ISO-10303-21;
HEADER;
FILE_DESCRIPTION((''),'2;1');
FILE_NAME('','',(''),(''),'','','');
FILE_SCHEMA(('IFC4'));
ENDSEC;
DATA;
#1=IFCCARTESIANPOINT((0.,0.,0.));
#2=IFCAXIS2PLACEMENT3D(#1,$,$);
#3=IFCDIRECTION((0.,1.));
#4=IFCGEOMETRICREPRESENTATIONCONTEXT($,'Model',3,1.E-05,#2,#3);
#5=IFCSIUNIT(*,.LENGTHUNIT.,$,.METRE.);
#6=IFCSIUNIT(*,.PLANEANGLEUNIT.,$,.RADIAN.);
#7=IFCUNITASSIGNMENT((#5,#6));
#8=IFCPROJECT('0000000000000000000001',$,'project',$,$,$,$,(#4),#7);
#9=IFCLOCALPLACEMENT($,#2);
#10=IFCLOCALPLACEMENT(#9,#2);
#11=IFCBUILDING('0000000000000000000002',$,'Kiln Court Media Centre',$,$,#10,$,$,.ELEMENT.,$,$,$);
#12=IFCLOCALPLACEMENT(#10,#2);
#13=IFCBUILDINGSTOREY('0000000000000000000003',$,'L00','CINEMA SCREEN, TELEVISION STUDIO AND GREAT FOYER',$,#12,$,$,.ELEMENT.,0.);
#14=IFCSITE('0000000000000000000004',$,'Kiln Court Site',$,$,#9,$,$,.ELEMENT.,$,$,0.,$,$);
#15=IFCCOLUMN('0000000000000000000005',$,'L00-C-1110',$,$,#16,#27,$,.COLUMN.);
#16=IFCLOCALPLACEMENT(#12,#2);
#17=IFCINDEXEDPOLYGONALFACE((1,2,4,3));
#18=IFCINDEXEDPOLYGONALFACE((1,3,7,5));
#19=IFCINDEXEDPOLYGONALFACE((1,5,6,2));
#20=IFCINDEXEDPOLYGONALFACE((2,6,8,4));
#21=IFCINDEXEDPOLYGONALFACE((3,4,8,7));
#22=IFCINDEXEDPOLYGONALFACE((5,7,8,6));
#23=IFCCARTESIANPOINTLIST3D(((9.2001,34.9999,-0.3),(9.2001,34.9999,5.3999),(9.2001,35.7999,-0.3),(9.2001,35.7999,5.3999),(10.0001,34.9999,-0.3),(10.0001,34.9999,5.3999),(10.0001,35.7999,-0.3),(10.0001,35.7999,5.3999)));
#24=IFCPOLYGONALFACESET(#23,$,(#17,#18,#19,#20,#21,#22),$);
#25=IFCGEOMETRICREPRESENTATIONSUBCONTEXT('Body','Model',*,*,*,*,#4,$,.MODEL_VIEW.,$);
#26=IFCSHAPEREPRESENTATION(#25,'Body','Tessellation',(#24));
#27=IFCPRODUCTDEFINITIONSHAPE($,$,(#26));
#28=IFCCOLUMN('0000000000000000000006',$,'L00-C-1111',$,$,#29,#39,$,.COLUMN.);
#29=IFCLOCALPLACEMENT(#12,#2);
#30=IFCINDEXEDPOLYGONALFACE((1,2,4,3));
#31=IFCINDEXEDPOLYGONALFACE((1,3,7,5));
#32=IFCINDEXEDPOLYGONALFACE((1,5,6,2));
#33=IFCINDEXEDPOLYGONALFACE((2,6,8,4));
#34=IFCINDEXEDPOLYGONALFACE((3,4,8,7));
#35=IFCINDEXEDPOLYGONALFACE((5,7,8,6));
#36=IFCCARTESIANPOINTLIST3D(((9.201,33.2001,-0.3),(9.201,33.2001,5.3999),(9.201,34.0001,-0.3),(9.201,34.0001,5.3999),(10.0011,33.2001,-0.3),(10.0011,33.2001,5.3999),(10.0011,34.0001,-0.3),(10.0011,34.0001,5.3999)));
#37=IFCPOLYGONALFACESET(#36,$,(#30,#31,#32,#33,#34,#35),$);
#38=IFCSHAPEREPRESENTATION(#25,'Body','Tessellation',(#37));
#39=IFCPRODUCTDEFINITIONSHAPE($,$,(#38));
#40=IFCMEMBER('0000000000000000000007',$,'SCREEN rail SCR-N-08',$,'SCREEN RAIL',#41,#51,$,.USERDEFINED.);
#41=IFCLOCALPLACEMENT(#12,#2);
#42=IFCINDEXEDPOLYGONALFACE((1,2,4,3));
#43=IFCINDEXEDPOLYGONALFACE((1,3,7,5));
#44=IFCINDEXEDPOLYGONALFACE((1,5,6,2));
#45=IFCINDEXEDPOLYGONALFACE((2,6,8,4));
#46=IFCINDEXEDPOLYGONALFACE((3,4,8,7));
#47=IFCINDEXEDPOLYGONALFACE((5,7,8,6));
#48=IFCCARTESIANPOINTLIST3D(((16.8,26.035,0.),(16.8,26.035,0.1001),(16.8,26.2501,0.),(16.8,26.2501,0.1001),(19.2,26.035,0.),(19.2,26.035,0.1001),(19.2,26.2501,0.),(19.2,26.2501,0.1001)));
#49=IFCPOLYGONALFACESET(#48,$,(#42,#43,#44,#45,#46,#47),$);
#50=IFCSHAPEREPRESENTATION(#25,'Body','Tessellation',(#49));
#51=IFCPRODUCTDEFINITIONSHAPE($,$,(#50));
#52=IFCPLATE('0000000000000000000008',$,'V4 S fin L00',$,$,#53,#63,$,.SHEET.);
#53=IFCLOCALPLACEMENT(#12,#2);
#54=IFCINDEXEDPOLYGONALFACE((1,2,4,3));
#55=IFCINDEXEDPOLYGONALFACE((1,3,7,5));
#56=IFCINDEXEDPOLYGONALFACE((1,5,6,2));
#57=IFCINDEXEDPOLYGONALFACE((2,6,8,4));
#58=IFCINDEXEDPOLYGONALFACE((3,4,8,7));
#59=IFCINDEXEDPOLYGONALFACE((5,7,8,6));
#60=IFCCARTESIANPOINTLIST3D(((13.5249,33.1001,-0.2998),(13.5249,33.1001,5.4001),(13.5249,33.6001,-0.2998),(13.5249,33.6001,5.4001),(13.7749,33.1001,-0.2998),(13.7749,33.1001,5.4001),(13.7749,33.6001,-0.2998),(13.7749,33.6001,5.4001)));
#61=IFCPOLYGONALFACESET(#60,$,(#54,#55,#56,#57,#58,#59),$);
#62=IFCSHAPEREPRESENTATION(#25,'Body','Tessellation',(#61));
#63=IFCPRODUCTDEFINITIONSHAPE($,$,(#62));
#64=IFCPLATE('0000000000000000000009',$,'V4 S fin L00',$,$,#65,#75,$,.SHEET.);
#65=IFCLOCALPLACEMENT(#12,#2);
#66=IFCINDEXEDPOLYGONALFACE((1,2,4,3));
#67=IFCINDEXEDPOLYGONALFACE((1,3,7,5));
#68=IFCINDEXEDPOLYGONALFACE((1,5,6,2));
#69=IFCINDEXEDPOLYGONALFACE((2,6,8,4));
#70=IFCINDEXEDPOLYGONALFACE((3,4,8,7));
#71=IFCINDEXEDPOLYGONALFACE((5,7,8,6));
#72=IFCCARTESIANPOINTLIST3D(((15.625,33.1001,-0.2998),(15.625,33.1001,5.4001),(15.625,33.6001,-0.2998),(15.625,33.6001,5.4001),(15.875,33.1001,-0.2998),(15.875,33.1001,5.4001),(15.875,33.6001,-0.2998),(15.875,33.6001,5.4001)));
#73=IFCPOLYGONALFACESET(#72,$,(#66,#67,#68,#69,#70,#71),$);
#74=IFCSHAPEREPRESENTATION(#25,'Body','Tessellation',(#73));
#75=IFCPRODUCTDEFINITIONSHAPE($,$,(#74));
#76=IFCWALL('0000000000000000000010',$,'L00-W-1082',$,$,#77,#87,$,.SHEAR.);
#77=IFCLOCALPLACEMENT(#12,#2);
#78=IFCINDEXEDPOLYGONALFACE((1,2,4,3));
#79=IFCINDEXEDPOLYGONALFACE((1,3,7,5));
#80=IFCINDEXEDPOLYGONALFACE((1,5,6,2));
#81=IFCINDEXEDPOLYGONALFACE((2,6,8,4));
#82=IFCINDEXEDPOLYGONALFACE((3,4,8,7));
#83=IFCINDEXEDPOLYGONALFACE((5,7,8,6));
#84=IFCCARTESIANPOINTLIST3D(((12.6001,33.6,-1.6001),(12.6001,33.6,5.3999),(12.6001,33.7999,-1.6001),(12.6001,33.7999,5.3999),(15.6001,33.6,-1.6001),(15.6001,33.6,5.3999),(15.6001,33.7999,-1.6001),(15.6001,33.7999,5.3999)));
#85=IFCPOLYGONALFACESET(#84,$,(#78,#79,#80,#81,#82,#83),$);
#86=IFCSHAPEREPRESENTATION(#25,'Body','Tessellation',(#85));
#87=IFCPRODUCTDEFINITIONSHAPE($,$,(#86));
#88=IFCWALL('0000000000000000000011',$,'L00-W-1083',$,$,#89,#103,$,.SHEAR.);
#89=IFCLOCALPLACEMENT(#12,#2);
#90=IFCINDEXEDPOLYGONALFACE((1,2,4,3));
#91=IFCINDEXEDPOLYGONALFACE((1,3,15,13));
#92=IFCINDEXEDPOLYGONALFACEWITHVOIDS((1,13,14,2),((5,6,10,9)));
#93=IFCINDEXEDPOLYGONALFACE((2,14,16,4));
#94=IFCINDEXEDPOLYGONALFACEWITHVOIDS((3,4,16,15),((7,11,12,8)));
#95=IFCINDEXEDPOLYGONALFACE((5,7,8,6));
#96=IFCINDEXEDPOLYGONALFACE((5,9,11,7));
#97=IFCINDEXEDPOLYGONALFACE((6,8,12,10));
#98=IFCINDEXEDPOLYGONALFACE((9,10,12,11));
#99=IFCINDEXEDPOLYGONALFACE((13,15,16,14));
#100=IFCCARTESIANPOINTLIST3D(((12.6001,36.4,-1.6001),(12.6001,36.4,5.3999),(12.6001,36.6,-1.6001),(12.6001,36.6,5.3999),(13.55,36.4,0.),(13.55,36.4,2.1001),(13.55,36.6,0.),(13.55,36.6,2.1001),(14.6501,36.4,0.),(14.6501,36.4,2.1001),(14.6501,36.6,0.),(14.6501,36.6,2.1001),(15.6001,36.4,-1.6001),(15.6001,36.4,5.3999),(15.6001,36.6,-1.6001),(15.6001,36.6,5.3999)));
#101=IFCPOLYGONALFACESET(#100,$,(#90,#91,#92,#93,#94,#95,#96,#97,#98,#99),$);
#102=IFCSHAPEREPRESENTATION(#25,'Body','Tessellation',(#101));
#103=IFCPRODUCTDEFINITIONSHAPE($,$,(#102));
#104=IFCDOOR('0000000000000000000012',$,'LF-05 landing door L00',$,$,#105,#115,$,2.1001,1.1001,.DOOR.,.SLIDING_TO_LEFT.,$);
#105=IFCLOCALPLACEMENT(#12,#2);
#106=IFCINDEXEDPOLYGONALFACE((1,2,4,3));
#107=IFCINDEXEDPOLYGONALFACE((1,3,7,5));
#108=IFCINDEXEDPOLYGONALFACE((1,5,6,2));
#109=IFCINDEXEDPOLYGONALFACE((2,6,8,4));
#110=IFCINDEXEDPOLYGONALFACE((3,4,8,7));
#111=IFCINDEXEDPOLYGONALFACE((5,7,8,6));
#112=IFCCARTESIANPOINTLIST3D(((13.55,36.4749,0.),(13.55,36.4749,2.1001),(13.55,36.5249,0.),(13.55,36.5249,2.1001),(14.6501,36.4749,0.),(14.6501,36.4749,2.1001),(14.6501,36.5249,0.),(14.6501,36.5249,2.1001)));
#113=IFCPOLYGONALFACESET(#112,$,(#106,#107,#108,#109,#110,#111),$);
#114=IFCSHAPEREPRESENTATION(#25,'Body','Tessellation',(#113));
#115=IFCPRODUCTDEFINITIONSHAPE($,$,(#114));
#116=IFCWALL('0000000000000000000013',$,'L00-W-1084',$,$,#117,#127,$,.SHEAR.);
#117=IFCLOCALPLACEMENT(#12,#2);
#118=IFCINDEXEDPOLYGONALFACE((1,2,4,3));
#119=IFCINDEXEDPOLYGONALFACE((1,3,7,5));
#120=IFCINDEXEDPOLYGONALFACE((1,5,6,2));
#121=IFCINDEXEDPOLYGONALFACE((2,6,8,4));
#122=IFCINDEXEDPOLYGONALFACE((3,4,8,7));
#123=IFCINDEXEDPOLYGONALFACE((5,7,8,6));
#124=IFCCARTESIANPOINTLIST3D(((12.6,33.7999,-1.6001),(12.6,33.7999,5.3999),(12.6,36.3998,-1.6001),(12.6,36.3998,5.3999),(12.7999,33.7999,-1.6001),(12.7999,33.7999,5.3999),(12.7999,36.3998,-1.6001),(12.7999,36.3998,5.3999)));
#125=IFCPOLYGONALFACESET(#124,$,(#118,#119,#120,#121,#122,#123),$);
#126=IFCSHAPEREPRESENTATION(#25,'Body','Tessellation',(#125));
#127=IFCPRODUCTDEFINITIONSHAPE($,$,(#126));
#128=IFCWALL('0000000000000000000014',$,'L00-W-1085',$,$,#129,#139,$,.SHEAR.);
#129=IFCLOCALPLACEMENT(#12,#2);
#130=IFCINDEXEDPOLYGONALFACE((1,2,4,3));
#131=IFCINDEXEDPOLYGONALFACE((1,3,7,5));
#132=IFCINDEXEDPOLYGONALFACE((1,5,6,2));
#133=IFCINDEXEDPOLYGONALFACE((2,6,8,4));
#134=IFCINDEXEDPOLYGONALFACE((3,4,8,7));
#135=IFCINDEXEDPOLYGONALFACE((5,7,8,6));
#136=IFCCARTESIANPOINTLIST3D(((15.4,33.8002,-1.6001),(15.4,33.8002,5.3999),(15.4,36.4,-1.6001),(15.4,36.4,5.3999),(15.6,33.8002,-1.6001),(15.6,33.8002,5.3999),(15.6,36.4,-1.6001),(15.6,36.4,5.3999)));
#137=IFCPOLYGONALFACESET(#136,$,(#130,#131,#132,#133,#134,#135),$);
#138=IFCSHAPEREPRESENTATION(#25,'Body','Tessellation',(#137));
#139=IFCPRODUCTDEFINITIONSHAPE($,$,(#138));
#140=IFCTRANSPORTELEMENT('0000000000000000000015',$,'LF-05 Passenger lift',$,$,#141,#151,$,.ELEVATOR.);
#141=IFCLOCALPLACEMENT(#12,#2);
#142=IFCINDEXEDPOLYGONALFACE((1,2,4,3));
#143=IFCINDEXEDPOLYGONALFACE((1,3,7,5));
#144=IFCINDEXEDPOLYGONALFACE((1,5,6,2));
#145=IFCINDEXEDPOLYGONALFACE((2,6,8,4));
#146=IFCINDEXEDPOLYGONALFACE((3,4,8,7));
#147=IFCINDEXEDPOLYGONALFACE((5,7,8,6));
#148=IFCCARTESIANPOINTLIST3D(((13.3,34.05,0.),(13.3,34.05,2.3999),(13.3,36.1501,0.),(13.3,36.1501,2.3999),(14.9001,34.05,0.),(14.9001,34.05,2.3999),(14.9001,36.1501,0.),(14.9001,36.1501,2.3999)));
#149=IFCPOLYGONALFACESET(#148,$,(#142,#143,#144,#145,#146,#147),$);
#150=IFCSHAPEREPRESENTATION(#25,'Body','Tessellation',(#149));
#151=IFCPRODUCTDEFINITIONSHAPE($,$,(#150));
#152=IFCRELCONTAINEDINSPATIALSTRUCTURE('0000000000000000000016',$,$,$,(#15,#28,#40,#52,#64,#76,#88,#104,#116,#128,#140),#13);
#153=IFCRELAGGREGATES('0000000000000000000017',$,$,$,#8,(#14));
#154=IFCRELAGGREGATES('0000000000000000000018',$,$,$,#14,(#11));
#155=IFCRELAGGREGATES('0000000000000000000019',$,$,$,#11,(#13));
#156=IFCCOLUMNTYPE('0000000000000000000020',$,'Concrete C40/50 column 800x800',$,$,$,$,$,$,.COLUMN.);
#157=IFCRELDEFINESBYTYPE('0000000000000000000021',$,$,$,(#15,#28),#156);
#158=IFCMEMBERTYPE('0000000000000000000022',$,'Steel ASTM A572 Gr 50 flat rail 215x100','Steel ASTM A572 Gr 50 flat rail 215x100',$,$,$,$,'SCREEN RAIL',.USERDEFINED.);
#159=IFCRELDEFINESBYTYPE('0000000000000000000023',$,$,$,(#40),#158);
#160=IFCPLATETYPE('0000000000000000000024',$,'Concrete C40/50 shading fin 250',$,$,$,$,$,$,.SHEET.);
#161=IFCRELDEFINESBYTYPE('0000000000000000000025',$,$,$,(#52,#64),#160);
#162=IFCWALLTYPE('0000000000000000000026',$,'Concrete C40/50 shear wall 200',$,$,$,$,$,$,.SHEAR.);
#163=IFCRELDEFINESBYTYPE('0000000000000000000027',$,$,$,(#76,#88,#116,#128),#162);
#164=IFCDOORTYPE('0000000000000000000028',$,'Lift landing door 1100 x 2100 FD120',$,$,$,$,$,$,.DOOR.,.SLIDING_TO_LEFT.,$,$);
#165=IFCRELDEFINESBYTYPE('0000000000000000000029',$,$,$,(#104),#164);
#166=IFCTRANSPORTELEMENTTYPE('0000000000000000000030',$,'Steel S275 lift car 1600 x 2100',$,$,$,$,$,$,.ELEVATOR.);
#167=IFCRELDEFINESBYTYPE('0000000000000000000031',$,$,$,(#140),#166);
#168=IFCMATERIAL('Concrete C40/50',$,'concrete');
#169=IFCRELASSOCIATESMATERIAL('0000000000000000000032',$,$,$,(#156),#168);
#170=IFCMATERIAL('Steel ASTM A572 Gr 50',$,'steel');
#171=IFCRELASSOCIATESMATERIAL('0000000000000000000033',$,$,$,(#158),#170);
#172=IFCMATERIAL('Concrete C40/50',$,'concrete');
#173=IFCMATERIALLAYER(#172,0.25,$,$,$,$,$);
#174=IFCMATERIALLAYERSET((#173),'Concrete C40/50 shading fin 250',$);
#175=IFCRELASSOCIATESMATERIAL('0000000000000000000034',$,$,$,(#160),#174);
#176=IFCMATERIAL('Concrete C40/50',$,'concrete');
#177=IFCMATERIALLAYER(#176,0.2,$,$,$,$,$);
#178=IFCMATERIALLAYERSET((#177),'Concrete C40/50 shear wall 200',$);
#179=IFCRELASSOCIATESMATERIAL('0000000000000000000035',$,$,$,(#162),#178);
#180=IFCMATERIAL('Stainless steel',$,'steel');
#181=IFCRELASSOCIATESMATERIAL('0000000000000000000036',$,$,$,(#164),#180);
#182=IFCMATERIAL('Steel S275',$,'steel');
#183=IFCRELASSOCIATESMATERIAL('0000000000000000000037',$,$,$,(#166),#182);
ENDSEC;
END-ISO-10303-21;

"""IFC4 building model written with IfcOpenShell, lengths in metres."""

from ifc_helpers import new_model, si_unit, direction, frame, frame_2d, origin, origin_2d, place, context, subcontext, project, spatial, rectangle, extrude, material, layer, layer_set, material_profile, profile_set, type_object, element, fill, save


model = new_model("IFC4")

# Units and contexts
model_context = context("Model", 3, precision=1e-05, world=origin(), true_north=direction((0.0, 1.0)))
body_context = subcontext(model_context, "Body", "Model", "MODEL_VIEW")
ifc_project = project(units=[si_unit("LENGTHUNIT", "METRE"), si_unit("PLANEANGLEUNIT", "RADIAN")], contexts=[model_context])

# Site, building, storey
site_placement = place(None, origin())
site = spatial("IfcSite", under=ifc_project, at=site_placement, Name="Kiln Court Site", CompositionType="ELEMENT", RefElevation=0.0)
building_placement = place(site_placement, origin())
building = spatial("IfcBuilding", under=site, at=building_placement, Name="Kiln Court Media Centre", CompositionType="ELEMENT")
storey_placement = place(building_placement, origin())
storey = spatial("IfcBuildingStorey", under=building, at=storey_placement, Name="L00", Description="CINEMA SCREEN, TELEVISION STUDIO AND GREAT FOYER", CompositionType="ELEMENT", Elevation=0.0)

# Columns
ifc_material_1 = material(Name="Concrete C40/50", Category="concrete")
ifc_material_profile_1 = material_profile(ifc_material_1, rectangle(XDim=0.8, YDim=0.8, at=origin_2d()), Name="RC 800x800")
ifc_profile_set_1 = profile_set([ifc_material_profile_1], Name="Concrete C40/50")
column_type_1 = type_object("IfcColumnType", Name="Concrete C40/50 column 800x800", PredefinedType="COLUMN", material=ifc_profile_set_1)
for number, where, z_axis, x_axis, name in (
    (1, (9.6001, 35.3999, -0.3), (0.0, 0.0, 1.0), (1.0, 0.0, 0.0), "L00-C-1110"),
    (2, (9.6011, 33.6001, -0.3), (0.0, 0.0, 1.0), (1.0, 0.0, 0.0), "L00-C-1111"),
):
    element("IfcColumn", number, at=place(storey_placement, frame(where, z_axis=z_axis, x_axis=x_axis)), inside=storey, type_object=column_type_1, Name=name, PredefinedType="COLUMN", context=body_context, shape_type="SweptSolid", body=[
        extrude(rectangle(XDim=0.8, YDim=0.8, at=origin_2d()), origin(), (0.0, 0.0, 1.0), 5.7),
    ])

# Member
ifc_material_2 = material(Name="Steel ASTM A572 Gr 50", Category="steel")
ifc_material_profile_2 = material_profile(ifc_material_2, rectangle(XDim=0.2151, YDim=0.1001, at=origin_2d()), Name="Steel ASTM A572 Gr 50 flat rail 215x100")
ifc_profile_set_2 = profile_set([ifc_material_profile_2], Name="Steel ASTM A572 Gr 50")
member_type = type_object("IfcMemberType", Name="Steel ASTM A572 Gr 50 flat rail 215x100", Description="Steel ASTM A572 Gr 50 flat rail 215x100", ElementType="SCREEN RAIL", PredefinedType="USERDEFINED", material=ifc_profile_set_2)
member_placement = place(storey_placement, frame((16.8, 26.1426, 0.05), z_axis=(1.0, 0.0, 0.0), x_axis=(0.0, 1.0, 0.0)))
element("IfcMember", 3, at=member_placement, inside=storey, type_object=member_type, Name="SCREEN rail SCR-N-08", ObjectType="SCREEN RAIL", PredefinedType="USERDEFINED", context=body_context, shape_type="SweptSolid", body=[
    extrude(rectangle(XDim=0.2151, YDim=0.1001, at=origin_2d()), origin(), (0.0, 0.0, 1.0), 2.3999),
])

# Plates
ifc_material_3 = material(Name="Concrete C40/50", Category="concrete")
ifc_layer_1 = layer(ifc_material_3, 0.25)
ifc_layer_set_1 = layer_set([ifc_layer_1], Name="Concrete C40/50 shading fin 250")
plate_type = type_object("IfcPlateType", Name="Concrete C40/50 shading fin 250", PredefinedType="SHEET", material=ifc_layer_set_1)
for number, where, z_axis, x_axis, name in (
    (4, (13.6499, 33.3501, -0.2998), (0.0, 0.0, 1.0), (1.0, 0.0, 0.0), "V4 S fin L00"),
    (5, (15.75, 33.3501, -0.2998), (0.0, 0.0, 1.0), (1.0, 0.0, 0.0), "V4 S fin L00"),
):
    element("IfcPlate", number, at=place(storey_placement, frame(where, z_axis=z_axis, x_axis=x_axis)), inside=storey, type_object=plate_type, Name=name, PredefinedType="SHEET", context=body_context, shape_type="SweptSolid", body=[
        extrude(rectangle(XDim=0.25, YDim=0.5, at=origin_2d()), origin(), (0.0, 0.0, 1.0), 5.7),
    ])

# Wall
ifc_material_4 = material(Name="Concrete C40/50", Category="concrete")
ifc_layer_2 = layer(ifc_material_4, 0.2)
ifc_layer_set_2 = layer_set([ifc_layer_2], Name="Concrete C40/50 shear wall 200")
wall_type_1 = type_object("IfcWallType", Name="Concrete C40/50 shear wall 200", PredefinedType="SHEAR", material=ifc_layer_set_2)
wall_1_placement = place(storey_placement, frame((15.6001, 33.7, -1.6001), z_axis=(0.0, 0.0, 1.0), x_axis=(-1.0, 0.0, 0.0)))
element("IfcWall", 6, at=wall_1_placement, inside=storey, type_object=wall_type_1, Name="L00-W-1082", PredefinedType="SHEAR", context=body_context, shape_type="SweptSolid", body=[
    extrude(rectangle(XDim=3.0, YDim=0.2, at=frame_2d((1.5, 0.0))), origin(), (0.0, 0.0, 1.0), 7.0),
])

# Wall, opening, door
wall_2_placement = place(storey_placement, frame((12.6001, 36.5, -1.6001), z_axis=(0.0, 0.0, 1.0), x_axis=(1.0, 0.0, 0.0)))
wall_2 = element("IfcWall", 7, at=wall_2_placement, inside=storey, type_object=wall_type_1, Name="L00-W-1083", PredefinedType="SHEAR", context=body_context, shape_type="SweptSolid", body=[
    extrude(rectangle(XDim=3.0, YDim=0.2, at=frame_2d((1.5, 0.0))), origin(), (0.0, 0.0, 1.0), 7.0),
])
opening_1_placement = place(wall_2_placement, frame((0.95, 0.0, 1.6001)))
opening_1 = element("IfcOpeningElement", 8, at=opening_1_placement, cuts=wall_2, PredefinedType="OPENING", context=body_context, shape_type="SweptSolid", body=[
    extrude(rectangle(XDim=1.1001, YDim=2.1001, at=frame_2d((0.55, 1.05))), frame((0.0, 0.1099, 0.0), z_axis=(0.0, -1.0, 0.0), x_axis=(1.0, 0.0, 0.0)), (0.0, 0.0, 1.0), 0.22),
])
ifc_material_5 = material(Name="Stainless steel", Category="steel")
door_type_1 = type_object("IfcDoorType", Name="Lift landing door 1100 x 2100 FD120", OperationType="SLIDING_TO_LEFT", PredefinedType="DOOR", material=ifc_material_5)
door_1_placement = place(opening_1_placement, origin())
door_1 = element("IfcDoor", 9, at=door_1_placement, inside=storey, type_object=door_type_1, Name="LF-05 landing door L00", OperationType="SLIDING_TO_LEFT", OverallHeight=2.1001, OverallWidth=1.1001, PredefinedType="DOOR", context=body_context, shape_type="SweptSolid", body=[
    extrude(rectangle(XDim=1.1001, YDim=2.1001, at=frame_2d((0.55, 1.05))), frame((0.0, 0.0249, 0.0), z_axis=(0.0, -1.0, 0.0), x_axis=(1.0, 0.0, 0.0)), (0.0, 0.0, 1.0), 0.05),
])
fill(opening_1, door_1)

# Walls
for number, where, z_axis, x_axis, name in (
    (10, (12.7, 33.8, -1.6001), (0.0, 0.0, 1.0), (0.0, 1.0, 0.0), "L00-W-1084"),
    (11, (15.5, 36.3999, -1.6001), (0.0, 0.0, 1.0), (0.0, -1.0, 0.0), "L00-W-1085"),
):
    element("IfcWall", number, at=place(storey_placement, frame(where, z_axis=z_axis, x_axis=x_axis)), inside=storey, type_object=wall_type_1, Name=name, PredefinedType="SHEAR", context=body_context, shape_type="SweptSolid", body=[
        extrude(rectangle(XDim=2.5999, YDim=0.2, at=frame_2d((1.2998, 0.0))), origin(), (0.0, 0.0, 1.0), 7.0),
    ])

# Transport element
ifc_material_6 = material(Name="Steel S275", Category="steel")
transport_element_type = type_object("IfcTransportElementType", Name="Steel S275 lift car 1600 x 2100", PredefinedType="ELEVATOR", material=ifc_material_6)
transport_element_placement = place(storey_placement, frame((14.1001, 35.1001, 0.0), z_axis=(0.0, 0.0, 1.0), x_axis=(1.0, 0.0, 0.0)))
element("IfcTransportElement", 12, at=transport_element_placement, inside=storey, type_object=transport_element_type, Name="LF-05 Passenger lift", PredefinedType="ELEVATOR", context=body_context, shape_type="SweptSolid", body=[
    extrude(rectangle(XDim=1.6001, YDim=2.1001, at=origin_2d()), origin(), (0.0, 0.0, 1.0), 2.3999),
])

save(model, "model.ifc")
